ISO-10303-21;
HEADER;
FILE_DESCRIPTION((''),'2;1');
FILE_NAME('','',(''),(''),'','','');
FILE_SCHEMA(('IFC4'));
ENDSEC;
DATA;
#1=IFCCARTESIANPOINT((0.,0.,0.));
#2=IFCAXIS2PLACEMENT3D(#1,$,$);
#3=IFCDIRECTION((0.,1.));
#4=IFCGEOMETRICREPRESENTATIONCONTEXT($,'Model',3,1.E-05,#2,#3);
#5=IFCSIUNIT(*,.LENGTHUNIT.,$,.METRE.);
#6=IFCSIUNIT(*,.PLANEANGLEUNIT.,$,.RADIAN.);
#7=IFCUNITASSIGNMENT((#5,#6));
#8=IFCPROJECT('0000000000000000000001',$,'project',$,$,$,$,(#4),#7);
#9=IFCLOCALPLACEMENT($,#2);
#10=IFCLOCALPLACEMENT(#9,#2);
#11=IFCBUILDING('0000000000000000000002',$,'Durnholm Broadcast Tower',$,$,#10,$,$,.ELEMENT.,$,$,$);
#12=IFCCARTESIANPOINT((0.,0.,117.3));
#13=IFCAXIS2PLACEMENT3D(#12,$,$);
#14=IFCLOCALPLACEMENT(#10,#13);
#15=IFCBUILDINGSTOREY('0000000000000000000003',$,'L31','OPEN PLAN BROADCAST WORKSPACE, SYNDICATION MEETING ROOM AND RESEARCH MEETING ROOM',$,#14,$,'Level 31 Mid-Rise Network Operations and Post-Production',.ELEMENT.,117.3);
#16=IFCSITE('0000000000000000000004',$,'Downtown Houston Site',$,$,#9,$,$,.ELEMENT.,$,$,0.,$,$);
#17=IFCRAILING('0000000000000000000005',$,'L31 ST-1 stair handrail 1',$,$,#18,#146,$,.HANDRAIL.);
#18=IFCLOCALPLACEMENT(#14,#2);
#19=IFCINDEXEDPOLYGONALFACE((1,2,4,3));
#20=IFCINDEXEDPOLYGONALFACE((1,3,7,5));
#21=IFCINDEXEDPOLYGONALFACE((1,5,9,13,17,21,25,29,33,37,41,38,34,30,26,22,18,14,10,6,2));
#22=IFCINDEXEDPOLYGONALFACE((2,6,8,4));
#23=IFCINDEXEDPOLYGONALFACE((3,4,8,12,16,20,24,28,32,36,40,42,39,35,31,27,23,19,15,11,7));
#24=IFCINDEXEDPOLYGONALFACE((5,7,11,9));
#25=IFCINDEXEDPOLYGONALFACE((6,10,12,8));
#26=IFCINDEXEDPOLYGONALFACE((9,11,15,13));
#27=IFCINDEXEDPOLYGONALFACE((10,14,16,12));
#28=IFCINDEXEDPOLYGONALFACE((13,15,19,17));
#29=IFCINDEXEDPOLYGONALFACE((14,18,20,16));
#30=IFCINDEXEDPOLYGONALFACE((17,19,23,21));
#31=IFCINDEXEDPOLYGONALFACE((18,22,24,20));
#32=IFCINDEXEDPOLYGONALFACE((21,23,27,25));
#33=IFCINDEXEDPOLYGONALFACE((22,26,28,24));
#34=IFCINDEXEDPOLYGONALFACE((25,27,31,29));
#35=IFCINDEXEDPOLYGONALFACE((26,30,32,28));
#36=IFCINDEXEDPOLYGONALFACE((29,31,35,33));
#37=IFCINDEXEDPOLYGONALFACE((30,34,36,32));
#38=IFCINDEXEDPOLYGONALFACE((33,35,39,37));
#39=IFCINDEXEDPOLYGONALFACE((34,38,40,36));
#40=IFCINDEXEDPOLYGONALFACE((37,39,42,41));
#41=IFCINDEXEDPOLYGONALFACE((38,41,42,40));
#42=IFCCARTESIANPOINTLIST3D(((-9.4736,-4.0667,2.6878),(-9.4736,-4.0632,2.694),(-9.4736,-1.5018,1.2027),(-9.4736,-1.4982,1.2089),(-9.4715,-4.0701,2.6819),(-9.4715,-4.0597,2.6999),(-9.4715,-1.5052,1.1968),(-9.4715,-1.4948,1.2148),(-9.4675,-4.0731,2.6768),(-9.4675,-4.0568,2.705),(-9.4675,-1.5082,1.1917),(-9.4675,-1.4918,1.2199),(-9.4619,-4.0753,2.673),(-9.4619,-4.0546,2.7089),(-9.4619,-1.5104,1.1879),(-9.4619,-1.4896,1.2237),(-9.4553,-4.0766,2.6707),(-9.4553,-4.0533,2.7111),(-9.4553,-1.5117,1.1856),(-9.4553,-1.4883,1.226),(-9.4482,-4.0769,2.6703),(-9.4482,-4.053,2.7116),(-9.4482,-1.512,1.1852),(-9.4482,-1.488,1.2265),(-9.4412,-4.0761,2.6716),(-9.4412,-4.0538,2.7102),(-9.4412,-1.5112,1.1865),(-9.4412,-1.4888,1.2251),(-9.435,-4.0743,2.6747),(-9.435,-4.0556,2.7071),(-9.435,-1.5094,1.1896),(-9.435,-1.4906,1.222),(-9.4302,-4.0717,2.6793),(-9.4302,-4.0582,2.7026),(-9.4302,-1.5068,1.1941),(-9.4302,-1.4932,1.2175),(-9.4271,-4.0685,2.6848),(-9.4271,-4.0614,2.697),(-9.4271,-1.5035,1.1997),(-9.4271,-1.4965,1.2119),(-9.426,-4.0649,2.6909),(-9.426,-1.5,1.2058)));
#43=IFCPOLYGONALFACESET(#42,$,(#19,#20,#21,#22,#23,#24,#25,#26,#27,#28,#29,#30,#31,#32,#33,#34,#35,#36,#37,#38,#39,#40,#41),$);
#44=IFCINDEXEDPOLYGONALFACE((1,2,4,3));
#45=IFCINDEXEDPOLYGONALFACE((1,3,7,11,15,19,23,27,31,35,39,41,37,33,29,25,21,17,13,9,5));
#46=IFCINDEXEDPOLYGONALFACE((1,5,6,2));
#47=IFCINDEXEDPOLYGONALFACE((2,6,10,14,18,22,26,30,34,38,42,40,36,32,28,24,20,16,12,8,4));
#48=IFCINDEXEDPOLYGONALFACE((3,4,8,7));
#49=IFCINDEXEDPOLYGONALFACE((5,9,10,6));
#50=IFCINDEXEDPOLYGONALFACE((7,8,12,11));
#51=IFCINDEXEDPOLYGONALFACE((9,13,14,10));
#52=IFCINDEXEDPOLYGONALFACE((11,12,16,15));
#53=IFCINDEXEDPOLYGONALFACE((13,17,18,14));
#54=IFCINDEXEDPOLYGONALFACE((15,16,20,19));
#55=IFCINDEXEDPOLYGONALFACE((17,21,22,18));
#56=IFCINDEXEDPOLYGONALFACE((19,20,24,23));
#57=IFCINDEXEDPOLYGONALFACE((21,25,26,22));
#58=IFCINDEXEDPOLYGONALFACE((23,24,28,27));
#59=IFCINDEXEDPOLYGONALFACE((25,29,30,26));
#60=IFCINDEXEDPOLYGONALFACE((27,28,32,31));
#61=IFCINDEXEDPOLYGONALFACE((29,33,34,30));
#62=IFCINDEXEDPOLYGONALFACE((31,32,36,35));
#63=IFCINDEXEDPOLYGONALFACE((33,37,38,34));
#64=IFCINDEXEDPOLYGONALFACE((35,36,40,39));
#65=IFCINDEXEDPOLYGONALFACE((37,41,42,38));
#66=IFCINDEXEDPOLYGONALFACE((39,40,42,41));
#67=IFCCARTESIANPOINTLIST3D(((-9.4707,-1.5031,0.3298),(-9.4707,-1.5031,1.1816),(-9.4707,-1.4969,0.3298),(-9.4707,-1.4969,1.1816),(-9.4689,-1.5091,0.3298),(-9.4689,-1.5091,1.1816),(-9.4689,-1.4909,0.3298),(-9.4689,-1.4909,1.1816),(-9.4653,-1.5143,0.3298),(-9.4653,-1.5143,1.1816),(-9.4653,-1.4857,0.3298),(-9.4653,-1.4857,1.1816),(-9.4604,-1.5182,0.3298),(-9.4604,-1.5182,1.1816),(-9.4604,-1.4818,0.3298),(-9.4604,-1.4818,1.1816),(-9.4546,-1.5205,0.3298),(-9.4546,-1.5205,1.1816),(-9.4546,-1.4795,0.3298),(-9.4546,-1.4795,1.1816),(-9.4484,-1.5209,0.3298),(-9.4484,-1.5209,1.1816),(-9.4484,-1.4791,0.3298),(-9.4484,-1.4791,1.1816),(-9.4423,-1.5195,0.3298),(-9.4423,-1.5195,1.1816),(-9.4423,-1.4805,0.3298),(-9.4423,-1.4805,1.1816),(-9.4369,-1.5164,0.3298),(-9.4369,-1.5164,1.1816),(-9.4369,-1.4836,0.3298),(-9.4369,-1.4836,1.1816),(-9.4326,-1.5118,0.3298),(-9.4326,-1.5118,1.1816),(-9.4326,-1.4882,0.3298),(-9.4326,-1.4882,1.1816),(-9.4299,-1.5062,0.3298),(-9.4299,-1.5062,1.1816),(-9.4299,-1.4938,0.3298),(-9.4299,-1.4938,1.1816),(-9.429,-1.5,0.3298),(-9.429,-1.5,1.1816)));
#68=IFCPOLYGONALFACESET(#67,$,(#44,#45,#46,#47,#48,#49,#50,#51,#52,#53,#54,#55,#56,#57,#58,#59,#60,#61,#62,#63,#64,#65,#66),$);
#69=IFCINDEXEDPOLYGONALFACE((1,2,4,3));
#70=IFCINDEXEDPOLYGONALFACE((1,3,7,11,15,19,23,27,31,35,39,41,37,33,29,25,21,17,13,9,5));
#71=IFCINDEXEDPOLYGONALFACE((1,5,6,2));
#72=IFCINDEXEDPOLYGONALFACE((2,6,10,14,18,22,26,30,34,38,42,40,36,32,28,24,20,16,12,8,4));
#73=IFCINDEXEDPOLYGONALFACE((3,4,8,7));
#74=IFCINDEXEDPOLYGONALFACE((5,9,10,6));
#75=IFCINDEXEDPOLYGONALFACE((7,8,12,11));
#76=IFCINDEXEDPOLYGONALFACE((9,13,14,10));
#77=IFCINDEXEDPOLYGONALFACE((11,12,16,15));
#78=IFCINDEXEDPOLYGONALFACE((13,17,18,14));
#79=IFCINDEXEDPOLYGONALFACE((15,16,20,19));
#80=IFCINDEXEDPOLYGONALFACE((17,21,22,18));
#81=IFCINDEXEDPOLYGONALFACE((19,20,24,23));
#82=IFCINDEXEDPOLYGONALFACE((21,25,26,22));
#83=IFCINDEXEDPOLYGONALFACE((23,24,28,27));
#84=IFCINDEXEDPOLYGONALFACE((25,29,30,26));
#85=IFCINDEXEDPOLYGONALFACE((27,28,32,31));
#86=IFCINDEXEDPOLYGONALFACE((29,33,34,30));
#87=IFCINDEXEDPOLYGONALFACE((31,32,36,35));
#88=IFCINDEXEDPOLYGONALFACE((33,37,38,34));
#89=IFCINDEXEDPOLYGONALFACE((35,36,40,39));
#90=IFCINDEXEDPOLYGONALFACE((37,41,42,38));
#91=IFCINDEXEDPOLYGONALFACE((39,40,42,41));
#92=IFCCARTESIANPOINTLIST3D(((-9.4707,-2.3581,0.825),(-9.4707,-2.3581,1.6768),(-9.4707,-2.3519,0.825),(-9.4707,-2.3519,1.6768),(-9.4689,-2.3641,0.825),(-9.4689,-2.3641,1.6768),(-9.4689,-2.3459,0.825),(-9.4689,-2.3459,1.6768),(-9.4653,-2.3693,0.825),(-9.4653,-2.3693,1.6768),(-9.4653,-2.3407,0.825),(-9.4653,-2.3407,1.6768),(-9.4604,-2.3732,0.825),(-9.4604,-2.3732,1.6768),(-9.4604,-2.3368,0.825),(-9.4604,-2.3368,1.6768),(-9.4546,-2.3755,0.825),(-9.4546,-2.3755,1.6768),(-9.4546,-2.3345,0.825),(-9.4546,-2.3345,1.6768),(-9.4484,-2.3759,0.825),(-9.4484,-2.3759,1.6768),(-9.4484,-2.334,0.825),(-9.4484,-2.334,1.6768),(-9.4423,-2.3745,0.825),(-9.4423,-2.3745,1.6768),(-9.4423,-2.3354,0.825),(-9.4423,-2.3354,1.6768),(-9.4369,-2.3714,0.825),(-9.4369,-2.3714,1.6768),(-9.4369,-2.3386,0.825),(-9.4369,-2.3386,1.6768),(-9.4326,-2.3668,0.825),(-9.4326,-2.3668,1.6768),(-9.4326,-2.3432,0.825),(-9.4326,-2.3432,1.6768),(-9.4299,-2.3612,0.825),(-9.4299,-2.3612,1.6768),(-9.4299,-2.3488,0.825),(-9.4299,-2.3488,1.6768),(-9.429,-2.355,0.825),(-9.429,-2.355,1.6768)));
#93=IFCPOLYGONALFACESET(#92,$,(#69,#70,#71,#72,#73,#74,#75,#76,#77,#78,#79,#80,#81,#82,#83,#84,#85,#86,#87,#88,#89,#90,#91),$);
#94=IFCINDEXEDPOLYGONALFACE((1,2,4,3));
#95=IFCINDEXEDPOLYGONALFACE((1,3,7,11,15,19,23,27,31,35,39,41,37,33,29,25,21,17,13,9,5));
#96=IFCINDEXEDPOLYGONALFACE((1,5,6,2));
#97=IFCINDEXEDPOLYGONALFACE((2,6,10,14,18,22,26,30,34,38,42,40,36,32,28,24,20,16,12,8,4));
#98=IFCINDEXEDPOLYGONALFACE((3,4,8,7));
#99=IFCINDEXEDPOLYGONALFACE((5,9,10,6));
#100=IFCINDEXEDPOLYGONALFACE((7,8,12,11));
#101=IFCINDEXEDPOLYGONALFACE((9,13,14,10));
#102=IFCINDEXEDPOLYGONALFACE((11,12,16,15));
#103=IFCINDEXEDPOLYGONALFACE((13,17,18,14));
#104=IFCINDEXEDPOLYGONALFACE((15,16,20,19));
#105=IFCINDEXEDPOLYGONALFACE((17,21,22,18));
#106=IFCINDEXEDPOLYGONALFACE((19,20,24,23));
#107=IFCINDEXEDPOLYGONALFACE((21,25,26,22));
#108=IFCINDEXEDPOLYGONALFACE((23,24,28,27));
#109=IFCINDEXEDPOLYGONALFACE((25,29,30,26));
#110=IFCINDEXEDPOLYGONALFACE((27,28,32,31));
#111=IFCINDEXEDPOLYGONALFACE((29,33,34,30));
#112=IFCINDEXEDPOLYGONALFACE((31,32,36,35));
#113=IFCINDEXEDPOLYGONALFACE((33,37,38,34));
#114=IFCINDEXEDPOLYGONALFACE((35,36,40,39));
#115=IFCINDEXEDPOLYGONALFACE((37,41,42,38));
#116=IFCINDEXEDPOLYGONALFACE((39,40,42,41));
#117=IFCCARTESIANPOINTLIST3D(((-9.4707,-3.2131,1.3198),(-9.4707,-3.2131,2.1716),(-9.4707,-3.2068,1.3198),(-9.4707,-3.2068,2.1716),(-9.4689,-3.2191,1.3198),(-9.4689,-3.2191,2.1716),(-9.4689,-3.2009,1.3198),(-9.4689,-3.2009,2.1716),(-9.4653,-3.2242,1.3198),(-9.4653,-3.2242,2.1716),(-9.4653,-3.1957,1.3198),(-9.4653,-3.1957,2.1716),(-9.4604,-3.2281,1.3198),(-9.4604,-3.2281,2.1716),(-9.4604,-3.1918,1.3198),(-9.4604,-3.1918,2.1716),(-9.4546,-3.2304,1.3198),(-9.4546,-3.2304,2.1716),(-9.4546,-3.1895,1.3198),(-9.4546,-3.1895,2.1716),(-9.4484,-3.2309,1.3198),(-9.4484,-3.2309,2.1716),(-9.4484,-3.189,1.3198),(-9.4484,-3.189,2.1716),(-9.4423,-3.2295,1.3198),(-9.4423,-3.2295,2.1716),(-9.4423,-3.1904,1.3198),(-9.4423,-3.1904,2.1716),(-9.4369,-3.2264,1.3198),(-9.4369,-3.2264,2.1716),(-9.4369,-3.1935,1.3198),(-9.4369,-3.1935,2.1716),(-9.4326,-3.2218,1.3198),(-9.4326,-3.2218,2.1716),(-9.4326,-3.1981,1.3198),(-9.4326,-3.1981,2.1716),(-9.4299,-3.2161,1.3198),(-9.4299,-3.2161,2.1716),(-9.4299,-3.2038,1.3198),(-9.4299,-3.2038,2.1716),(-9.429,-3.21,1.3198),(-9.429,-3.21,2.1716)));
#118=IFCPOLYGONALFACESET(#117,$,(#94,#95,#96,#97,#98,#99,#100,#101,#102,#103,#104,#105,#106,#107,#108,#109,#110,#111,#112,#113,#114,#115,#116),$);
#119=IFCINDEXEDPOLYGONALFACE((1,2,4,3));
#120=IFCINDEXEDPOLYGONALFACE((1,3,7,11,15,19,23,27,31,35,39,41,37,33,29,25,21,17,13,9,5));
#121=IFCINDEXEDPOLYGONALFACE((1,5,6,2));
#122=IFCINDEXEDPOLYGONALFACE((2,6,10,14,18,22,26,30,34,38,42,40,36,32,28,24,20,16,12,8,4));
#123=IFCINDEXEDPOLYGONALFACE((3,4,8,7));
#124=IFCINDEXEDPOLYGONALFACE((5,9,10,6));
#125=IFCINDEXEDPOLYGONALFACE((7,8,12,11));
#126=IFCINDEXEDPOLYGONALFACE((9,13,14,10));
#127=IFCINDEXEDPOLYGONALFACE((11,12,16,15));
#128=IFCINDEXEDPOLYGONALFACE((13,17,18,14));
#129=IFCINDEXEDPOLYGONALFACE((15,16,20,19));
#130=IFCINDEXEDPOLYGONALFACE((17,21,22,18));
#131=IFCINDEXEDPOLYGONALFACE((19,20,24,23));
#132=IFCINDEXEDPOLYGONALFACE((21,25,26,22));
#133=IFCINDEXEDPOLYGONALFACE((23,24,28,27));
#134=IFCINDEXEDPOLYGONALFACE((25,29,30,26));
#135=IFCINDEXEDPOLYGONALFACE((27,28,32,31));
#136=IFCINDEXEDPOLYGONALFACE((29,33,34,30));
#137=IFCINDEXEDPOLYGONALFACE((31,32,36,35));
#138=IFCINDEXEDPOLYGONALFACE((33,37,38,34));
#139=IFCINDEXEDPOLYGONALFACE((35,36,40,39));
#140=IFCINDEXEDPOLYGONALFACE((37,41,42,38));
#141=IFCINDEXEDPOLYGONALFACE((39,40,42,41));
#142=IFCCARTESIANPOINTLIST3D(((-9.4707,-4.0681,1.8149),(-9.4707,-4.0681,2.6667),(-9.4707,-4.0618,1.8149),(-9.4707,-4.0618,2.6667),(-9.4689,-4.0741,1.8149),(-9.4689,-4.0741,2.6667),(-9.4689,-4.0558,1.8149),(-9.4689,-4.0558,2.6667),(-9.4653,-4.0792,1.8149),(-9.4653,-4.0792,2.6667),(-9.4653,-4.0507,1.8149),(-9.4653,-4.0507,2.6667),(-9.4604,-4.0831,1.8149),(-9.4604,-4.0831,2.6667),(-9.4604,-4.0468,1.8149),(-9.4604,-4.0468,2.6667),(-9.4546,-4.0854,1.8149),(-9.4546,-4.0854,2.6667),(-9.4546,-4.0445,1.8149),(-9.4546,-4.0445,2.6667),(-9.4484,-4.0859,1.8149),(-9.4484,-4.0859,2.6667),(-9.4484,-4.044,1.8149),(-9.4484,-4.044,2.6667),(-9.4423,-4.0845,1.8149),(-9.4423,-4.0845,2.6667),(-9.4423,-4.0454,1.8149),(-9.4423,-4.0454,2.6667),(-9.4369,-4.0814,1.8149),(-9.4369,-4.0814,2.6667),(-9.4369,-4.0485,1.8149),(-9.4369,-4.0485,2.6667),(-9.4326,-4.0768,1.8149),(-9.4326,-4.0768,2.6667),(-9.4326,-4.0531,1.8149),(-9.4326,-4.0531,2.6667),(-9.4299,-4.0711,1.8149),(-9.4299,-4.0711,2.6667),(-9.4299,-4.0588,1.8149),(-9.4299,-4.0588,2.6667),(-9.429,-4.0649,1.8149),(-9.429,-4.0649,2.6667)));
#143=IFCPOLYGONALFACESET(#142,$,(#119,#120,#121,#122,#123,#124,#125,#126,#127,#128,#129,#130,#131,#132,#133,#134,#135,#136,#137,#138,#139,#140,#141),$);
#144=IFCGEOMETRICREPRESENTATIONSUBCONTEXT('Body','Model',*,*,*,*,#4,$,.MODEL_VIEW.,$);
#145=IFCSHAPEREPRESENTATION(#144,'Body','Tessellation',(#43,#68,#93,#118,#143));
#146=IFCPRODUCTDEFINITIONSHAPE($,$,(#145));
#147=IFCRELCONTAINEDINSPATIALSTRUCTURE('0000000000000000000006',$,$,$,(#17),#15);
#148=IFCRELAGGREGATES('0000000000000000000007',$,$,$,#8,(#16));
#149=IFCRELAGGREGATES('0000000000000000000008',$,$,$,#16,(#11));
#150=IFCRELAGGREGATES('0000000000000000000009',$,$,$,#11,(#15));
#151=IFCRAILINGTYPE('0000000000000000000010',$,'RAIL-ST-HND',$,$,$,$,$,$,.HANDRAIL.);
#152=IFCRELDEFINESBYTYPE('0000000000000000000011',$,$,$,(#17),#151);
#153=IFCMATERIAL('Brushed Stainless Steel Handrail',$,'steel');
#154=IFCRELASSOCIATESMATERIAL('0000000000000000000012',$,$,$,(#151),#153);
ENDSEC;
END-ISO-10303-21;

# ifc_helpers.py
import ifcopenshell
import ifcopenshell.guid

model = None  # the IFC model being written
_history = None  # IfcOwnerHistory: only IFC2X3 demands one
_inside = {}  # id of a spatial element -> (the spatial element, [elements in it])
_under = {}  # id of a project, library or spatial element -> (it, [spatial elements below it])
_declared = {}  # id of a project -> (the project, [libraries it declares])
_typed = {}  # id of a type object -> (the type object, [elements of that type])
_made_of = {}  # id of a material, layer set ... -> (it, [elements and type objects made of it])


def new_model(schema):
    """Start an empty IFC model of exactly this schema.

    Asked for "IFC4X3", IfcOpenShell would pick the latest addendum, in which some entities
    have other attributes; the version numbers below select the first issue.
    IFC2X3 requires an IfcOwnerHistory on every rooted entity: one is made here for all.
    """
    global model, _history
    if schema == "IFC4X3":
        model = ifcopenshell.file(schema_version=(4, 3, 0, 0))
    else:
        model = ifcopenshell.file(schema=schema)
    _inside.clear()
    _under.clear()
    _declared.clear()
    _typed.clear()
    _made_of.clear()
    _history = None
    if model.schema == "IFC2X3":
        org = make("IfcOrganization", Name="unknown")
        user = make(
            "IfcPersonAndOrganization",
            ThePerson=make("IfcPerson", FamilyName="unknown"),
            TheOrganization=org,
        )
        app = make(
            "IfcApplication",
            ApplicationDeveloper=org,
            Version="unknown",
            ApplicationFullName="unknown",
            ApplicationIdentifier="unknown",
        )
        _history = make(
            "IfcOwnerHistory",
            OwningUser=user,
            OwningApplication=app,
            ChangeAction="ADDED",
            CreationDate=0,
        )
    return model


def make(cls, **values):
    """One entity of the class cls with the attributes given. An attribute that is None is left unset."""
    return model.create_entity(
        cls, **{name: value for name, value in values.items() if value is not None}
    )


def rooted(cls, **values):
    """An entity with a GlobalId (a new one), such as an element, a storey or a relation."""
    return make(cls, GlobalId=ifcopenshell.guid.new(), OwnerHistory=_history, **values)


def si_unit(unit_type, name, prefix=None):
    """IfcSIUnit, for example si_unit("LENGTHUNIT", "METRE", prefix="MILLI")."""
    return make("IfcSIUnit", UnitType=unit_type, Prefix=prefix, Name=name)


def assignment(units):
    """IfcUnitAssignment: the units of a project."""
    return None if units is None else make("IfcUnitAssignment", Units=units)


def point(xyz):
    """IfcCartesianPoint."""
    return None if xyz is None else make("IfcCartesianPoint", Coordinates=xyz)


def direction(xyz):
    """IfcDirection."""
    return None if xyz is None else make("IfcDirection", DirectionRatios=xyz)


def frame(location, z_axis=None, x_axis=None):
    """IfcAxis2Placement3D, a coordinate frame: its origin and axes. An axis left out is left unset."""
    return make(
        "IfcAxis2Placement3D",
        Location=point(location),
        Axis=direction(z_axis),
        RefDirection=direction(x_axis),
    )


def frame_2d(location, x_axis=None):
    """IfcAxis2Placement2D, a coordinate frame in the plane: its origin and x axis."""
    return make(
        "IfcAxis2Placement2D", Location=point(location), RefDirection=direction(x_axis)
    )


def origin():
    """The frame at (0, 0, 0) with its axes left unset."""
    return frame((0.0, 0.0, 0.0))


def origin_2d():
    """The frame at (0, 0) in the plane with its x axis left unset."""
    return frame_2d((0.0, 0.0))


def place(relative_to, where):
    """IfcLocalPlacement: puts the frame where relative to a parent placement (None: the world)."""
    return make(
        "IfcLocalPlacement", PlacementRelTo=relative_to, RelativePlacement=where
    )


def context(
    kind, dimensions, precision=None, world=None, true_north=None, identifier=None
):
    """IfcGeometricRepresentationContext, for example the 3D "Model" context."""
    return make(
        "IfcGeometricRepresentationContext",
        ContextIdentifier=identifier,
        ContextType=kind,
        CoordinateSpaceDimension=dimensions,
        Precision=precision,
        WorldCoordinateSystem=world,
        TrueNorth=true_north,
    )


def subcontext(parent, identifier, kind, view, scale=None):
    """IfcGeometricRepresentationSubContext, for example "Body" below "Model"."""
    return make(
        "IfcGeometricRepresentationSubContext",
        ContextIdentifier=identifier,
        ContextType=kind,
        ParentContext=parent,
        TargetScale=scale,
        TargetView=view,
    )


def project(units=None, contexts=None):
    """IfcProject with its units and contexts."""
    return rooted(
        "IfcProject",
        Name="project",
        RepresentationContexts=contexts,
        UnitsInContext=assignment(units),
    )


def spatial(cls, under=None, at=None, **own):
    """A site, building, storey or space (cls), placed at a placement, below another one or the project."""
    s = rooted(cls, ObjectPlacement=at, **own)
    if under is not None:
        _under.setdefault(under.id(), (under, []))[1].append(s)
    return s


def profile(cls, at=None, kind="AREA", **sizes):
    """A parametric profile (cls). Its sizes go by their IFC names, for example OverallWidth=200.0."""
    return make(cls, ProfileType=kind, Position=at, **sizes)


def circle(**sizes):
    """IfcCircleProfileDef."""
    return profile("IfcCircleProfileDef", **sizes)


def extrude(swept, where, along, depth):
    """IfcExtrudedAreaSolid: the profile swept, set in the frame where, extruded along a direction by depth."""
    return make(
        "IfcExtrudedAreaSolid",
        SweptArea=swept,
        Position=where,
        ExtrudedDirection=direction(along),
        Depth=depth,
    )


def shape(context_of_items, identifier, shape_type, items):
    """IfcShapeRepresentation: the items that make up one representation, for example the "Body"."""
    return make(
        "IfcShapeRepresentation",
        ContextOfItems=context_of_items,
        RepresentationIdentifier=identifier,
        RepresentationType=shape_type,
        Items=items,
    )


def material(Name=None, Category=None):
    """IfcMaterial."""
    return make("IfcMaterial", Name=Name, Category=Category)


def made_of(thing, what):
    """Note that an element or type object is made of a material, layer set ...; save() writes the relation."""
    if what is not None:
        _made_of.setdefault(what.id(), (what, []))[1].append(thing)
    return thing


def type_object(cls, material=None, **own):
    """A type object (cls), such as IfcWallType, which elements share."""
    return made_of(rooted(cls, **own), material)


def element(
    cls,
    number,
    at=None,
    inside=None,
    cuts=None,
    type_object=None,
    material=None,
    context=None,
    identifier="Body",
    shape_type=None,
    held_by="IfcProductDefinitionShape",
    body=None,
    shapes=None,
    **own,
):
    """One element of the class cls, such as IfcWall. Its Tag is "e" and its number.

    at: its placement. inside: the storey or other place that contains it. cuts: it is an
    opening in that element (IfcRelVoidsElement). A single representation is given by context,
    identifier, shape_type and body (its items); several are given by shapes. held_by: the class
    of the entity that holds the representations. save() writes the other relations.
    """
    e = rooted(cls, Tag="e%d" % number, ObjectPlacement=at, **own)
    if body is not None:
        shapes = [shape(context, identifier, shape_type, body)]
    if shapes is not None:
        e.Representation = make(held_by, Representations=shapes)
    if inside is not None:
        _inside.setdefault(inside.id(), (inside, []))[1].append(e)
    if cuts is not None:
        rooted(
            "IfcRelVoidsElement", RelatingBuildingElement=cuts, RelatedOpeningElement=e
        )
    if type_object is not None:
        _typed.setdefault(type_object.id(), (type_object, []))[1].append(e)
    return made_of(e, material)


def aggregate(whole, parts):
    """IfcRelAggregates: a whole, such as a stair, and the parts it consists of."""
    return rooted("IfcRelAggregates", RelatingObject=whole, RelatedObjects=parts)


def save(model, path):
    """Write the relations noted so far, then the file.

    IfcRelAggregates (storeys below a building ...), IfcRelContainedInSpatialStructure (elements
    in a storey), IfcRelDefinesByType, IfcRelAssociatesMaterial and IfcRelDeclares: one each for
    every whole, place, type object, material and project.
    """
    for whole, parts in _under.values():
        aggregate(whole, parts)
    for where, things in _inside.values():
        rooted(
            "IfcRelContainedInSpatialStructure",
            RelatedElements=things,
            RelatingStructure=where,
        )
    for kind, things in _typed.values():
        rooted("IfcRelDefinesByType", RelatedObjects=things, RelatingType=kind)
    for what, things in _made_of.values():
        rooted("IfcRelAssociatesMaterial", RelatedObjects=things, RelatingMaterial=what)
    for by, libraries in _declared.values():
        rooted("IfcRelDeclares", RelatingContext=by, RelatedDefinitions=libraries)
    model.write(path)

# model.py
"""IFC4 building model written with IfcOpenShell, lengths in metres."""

from ifc_helpers import new_model, si_unit, direction, frame, origin, origin_2d, place, context, subcontext, project, spatial, circle, extrude, material, type_object, element, save


model = new_model("IFC4")

# Units and contexts
model_context = context("Model", 3, precision=1e-05, world=origin(), true_north=direction((0.0, 1.0)))
body_context = subcontext(model_context, "Body", "Model", "MODEL_VIEW")
ifc_project = project(units=[si_unit("LENGTHUNIT", "METRE"), si_unit("PLANEANGLEUNIT", "RADIAN")], contexts=[model_context])

# Site, building, storey
site_placement = place(None, origin())
site = spatial("IfcSite", under=ifc_project, at=site_placement, Name="Downtown Houston Site", CompositionType="ELEMENT", RefElevation=0.0)
building_placement = place(site_placement, origin())
building = spatial("IfcBuilding", under=site, at=building_placement, Name="Durnholm Broadcast Tower", CompositionType="ELEMENT")
storey_placement = place(building_placement, frame((0.0, 0.0, 117.3)))
storey = spatial("IfcBuildingStorey", under=building, at=storey_placement, Name="L31", Description="OPEN PLAN BROADCAST WORKSPACE, SYNDICATION MEETING ROOM AND RESEARCH MEETING ROOM", LongName="Level 31 Mid-Rise Network Operations and Post-Production", CompositionType="ELEMENT", Elevation=117.3)

# Railing
ifc_material_1 = material(Name="Brushed Stainless Steel Handrail", Category="steel")
railing_type_1 = type_object("IfcRailingType", Name="RAIL-ST-HND", PredefinedType="HANDRAIL", material=ifc_material_1)
railing_1_placement = place(storey_placement, frame((-9.45, -1.5, 0.3298)))
element("IfcRailing", 1, at=railing_1_placement, inside=storey, type_object=railing_type_1, Name="L31 ST-1 stair handrail 1", PredefinedType="HANDRAIL", context=body_context, shape_type="SweptSolid", body=[
    extrude(circle(Radius=0.0239, at=origin_2d()), frame((0.0, 0.0, 0.876), z_axis=(0.0, -0.865406, 0.501072), x_axis=(1.0, 0.0, 0.0)), (0.0, 0.0, 1.0), 2.9639),
    extrude(circle(Radius=0.021, at=origin_2d()), origin(), (0.0, 0.0, 1.0), 0.8518),
    extrude(circle(Radius=0.021, at=origin_2d()), frame((0.0, -0.855, 0.4951)), (0.0, 0.0, 1.0), 0.8518),
    extrude(circle(Radius=0.021, at=origin_2d()), frame((0.0, -1.71, 0.99)), (0.0, 0.0, 1.0), 0.8518),
    extrude(circle(Radius=0.021, at=origin_2d()), frame((0.0, -2.5649, 1.4851)), (0.0, 0.0, 1.0), 0.8518),
])

save(model, "model.ifc")
